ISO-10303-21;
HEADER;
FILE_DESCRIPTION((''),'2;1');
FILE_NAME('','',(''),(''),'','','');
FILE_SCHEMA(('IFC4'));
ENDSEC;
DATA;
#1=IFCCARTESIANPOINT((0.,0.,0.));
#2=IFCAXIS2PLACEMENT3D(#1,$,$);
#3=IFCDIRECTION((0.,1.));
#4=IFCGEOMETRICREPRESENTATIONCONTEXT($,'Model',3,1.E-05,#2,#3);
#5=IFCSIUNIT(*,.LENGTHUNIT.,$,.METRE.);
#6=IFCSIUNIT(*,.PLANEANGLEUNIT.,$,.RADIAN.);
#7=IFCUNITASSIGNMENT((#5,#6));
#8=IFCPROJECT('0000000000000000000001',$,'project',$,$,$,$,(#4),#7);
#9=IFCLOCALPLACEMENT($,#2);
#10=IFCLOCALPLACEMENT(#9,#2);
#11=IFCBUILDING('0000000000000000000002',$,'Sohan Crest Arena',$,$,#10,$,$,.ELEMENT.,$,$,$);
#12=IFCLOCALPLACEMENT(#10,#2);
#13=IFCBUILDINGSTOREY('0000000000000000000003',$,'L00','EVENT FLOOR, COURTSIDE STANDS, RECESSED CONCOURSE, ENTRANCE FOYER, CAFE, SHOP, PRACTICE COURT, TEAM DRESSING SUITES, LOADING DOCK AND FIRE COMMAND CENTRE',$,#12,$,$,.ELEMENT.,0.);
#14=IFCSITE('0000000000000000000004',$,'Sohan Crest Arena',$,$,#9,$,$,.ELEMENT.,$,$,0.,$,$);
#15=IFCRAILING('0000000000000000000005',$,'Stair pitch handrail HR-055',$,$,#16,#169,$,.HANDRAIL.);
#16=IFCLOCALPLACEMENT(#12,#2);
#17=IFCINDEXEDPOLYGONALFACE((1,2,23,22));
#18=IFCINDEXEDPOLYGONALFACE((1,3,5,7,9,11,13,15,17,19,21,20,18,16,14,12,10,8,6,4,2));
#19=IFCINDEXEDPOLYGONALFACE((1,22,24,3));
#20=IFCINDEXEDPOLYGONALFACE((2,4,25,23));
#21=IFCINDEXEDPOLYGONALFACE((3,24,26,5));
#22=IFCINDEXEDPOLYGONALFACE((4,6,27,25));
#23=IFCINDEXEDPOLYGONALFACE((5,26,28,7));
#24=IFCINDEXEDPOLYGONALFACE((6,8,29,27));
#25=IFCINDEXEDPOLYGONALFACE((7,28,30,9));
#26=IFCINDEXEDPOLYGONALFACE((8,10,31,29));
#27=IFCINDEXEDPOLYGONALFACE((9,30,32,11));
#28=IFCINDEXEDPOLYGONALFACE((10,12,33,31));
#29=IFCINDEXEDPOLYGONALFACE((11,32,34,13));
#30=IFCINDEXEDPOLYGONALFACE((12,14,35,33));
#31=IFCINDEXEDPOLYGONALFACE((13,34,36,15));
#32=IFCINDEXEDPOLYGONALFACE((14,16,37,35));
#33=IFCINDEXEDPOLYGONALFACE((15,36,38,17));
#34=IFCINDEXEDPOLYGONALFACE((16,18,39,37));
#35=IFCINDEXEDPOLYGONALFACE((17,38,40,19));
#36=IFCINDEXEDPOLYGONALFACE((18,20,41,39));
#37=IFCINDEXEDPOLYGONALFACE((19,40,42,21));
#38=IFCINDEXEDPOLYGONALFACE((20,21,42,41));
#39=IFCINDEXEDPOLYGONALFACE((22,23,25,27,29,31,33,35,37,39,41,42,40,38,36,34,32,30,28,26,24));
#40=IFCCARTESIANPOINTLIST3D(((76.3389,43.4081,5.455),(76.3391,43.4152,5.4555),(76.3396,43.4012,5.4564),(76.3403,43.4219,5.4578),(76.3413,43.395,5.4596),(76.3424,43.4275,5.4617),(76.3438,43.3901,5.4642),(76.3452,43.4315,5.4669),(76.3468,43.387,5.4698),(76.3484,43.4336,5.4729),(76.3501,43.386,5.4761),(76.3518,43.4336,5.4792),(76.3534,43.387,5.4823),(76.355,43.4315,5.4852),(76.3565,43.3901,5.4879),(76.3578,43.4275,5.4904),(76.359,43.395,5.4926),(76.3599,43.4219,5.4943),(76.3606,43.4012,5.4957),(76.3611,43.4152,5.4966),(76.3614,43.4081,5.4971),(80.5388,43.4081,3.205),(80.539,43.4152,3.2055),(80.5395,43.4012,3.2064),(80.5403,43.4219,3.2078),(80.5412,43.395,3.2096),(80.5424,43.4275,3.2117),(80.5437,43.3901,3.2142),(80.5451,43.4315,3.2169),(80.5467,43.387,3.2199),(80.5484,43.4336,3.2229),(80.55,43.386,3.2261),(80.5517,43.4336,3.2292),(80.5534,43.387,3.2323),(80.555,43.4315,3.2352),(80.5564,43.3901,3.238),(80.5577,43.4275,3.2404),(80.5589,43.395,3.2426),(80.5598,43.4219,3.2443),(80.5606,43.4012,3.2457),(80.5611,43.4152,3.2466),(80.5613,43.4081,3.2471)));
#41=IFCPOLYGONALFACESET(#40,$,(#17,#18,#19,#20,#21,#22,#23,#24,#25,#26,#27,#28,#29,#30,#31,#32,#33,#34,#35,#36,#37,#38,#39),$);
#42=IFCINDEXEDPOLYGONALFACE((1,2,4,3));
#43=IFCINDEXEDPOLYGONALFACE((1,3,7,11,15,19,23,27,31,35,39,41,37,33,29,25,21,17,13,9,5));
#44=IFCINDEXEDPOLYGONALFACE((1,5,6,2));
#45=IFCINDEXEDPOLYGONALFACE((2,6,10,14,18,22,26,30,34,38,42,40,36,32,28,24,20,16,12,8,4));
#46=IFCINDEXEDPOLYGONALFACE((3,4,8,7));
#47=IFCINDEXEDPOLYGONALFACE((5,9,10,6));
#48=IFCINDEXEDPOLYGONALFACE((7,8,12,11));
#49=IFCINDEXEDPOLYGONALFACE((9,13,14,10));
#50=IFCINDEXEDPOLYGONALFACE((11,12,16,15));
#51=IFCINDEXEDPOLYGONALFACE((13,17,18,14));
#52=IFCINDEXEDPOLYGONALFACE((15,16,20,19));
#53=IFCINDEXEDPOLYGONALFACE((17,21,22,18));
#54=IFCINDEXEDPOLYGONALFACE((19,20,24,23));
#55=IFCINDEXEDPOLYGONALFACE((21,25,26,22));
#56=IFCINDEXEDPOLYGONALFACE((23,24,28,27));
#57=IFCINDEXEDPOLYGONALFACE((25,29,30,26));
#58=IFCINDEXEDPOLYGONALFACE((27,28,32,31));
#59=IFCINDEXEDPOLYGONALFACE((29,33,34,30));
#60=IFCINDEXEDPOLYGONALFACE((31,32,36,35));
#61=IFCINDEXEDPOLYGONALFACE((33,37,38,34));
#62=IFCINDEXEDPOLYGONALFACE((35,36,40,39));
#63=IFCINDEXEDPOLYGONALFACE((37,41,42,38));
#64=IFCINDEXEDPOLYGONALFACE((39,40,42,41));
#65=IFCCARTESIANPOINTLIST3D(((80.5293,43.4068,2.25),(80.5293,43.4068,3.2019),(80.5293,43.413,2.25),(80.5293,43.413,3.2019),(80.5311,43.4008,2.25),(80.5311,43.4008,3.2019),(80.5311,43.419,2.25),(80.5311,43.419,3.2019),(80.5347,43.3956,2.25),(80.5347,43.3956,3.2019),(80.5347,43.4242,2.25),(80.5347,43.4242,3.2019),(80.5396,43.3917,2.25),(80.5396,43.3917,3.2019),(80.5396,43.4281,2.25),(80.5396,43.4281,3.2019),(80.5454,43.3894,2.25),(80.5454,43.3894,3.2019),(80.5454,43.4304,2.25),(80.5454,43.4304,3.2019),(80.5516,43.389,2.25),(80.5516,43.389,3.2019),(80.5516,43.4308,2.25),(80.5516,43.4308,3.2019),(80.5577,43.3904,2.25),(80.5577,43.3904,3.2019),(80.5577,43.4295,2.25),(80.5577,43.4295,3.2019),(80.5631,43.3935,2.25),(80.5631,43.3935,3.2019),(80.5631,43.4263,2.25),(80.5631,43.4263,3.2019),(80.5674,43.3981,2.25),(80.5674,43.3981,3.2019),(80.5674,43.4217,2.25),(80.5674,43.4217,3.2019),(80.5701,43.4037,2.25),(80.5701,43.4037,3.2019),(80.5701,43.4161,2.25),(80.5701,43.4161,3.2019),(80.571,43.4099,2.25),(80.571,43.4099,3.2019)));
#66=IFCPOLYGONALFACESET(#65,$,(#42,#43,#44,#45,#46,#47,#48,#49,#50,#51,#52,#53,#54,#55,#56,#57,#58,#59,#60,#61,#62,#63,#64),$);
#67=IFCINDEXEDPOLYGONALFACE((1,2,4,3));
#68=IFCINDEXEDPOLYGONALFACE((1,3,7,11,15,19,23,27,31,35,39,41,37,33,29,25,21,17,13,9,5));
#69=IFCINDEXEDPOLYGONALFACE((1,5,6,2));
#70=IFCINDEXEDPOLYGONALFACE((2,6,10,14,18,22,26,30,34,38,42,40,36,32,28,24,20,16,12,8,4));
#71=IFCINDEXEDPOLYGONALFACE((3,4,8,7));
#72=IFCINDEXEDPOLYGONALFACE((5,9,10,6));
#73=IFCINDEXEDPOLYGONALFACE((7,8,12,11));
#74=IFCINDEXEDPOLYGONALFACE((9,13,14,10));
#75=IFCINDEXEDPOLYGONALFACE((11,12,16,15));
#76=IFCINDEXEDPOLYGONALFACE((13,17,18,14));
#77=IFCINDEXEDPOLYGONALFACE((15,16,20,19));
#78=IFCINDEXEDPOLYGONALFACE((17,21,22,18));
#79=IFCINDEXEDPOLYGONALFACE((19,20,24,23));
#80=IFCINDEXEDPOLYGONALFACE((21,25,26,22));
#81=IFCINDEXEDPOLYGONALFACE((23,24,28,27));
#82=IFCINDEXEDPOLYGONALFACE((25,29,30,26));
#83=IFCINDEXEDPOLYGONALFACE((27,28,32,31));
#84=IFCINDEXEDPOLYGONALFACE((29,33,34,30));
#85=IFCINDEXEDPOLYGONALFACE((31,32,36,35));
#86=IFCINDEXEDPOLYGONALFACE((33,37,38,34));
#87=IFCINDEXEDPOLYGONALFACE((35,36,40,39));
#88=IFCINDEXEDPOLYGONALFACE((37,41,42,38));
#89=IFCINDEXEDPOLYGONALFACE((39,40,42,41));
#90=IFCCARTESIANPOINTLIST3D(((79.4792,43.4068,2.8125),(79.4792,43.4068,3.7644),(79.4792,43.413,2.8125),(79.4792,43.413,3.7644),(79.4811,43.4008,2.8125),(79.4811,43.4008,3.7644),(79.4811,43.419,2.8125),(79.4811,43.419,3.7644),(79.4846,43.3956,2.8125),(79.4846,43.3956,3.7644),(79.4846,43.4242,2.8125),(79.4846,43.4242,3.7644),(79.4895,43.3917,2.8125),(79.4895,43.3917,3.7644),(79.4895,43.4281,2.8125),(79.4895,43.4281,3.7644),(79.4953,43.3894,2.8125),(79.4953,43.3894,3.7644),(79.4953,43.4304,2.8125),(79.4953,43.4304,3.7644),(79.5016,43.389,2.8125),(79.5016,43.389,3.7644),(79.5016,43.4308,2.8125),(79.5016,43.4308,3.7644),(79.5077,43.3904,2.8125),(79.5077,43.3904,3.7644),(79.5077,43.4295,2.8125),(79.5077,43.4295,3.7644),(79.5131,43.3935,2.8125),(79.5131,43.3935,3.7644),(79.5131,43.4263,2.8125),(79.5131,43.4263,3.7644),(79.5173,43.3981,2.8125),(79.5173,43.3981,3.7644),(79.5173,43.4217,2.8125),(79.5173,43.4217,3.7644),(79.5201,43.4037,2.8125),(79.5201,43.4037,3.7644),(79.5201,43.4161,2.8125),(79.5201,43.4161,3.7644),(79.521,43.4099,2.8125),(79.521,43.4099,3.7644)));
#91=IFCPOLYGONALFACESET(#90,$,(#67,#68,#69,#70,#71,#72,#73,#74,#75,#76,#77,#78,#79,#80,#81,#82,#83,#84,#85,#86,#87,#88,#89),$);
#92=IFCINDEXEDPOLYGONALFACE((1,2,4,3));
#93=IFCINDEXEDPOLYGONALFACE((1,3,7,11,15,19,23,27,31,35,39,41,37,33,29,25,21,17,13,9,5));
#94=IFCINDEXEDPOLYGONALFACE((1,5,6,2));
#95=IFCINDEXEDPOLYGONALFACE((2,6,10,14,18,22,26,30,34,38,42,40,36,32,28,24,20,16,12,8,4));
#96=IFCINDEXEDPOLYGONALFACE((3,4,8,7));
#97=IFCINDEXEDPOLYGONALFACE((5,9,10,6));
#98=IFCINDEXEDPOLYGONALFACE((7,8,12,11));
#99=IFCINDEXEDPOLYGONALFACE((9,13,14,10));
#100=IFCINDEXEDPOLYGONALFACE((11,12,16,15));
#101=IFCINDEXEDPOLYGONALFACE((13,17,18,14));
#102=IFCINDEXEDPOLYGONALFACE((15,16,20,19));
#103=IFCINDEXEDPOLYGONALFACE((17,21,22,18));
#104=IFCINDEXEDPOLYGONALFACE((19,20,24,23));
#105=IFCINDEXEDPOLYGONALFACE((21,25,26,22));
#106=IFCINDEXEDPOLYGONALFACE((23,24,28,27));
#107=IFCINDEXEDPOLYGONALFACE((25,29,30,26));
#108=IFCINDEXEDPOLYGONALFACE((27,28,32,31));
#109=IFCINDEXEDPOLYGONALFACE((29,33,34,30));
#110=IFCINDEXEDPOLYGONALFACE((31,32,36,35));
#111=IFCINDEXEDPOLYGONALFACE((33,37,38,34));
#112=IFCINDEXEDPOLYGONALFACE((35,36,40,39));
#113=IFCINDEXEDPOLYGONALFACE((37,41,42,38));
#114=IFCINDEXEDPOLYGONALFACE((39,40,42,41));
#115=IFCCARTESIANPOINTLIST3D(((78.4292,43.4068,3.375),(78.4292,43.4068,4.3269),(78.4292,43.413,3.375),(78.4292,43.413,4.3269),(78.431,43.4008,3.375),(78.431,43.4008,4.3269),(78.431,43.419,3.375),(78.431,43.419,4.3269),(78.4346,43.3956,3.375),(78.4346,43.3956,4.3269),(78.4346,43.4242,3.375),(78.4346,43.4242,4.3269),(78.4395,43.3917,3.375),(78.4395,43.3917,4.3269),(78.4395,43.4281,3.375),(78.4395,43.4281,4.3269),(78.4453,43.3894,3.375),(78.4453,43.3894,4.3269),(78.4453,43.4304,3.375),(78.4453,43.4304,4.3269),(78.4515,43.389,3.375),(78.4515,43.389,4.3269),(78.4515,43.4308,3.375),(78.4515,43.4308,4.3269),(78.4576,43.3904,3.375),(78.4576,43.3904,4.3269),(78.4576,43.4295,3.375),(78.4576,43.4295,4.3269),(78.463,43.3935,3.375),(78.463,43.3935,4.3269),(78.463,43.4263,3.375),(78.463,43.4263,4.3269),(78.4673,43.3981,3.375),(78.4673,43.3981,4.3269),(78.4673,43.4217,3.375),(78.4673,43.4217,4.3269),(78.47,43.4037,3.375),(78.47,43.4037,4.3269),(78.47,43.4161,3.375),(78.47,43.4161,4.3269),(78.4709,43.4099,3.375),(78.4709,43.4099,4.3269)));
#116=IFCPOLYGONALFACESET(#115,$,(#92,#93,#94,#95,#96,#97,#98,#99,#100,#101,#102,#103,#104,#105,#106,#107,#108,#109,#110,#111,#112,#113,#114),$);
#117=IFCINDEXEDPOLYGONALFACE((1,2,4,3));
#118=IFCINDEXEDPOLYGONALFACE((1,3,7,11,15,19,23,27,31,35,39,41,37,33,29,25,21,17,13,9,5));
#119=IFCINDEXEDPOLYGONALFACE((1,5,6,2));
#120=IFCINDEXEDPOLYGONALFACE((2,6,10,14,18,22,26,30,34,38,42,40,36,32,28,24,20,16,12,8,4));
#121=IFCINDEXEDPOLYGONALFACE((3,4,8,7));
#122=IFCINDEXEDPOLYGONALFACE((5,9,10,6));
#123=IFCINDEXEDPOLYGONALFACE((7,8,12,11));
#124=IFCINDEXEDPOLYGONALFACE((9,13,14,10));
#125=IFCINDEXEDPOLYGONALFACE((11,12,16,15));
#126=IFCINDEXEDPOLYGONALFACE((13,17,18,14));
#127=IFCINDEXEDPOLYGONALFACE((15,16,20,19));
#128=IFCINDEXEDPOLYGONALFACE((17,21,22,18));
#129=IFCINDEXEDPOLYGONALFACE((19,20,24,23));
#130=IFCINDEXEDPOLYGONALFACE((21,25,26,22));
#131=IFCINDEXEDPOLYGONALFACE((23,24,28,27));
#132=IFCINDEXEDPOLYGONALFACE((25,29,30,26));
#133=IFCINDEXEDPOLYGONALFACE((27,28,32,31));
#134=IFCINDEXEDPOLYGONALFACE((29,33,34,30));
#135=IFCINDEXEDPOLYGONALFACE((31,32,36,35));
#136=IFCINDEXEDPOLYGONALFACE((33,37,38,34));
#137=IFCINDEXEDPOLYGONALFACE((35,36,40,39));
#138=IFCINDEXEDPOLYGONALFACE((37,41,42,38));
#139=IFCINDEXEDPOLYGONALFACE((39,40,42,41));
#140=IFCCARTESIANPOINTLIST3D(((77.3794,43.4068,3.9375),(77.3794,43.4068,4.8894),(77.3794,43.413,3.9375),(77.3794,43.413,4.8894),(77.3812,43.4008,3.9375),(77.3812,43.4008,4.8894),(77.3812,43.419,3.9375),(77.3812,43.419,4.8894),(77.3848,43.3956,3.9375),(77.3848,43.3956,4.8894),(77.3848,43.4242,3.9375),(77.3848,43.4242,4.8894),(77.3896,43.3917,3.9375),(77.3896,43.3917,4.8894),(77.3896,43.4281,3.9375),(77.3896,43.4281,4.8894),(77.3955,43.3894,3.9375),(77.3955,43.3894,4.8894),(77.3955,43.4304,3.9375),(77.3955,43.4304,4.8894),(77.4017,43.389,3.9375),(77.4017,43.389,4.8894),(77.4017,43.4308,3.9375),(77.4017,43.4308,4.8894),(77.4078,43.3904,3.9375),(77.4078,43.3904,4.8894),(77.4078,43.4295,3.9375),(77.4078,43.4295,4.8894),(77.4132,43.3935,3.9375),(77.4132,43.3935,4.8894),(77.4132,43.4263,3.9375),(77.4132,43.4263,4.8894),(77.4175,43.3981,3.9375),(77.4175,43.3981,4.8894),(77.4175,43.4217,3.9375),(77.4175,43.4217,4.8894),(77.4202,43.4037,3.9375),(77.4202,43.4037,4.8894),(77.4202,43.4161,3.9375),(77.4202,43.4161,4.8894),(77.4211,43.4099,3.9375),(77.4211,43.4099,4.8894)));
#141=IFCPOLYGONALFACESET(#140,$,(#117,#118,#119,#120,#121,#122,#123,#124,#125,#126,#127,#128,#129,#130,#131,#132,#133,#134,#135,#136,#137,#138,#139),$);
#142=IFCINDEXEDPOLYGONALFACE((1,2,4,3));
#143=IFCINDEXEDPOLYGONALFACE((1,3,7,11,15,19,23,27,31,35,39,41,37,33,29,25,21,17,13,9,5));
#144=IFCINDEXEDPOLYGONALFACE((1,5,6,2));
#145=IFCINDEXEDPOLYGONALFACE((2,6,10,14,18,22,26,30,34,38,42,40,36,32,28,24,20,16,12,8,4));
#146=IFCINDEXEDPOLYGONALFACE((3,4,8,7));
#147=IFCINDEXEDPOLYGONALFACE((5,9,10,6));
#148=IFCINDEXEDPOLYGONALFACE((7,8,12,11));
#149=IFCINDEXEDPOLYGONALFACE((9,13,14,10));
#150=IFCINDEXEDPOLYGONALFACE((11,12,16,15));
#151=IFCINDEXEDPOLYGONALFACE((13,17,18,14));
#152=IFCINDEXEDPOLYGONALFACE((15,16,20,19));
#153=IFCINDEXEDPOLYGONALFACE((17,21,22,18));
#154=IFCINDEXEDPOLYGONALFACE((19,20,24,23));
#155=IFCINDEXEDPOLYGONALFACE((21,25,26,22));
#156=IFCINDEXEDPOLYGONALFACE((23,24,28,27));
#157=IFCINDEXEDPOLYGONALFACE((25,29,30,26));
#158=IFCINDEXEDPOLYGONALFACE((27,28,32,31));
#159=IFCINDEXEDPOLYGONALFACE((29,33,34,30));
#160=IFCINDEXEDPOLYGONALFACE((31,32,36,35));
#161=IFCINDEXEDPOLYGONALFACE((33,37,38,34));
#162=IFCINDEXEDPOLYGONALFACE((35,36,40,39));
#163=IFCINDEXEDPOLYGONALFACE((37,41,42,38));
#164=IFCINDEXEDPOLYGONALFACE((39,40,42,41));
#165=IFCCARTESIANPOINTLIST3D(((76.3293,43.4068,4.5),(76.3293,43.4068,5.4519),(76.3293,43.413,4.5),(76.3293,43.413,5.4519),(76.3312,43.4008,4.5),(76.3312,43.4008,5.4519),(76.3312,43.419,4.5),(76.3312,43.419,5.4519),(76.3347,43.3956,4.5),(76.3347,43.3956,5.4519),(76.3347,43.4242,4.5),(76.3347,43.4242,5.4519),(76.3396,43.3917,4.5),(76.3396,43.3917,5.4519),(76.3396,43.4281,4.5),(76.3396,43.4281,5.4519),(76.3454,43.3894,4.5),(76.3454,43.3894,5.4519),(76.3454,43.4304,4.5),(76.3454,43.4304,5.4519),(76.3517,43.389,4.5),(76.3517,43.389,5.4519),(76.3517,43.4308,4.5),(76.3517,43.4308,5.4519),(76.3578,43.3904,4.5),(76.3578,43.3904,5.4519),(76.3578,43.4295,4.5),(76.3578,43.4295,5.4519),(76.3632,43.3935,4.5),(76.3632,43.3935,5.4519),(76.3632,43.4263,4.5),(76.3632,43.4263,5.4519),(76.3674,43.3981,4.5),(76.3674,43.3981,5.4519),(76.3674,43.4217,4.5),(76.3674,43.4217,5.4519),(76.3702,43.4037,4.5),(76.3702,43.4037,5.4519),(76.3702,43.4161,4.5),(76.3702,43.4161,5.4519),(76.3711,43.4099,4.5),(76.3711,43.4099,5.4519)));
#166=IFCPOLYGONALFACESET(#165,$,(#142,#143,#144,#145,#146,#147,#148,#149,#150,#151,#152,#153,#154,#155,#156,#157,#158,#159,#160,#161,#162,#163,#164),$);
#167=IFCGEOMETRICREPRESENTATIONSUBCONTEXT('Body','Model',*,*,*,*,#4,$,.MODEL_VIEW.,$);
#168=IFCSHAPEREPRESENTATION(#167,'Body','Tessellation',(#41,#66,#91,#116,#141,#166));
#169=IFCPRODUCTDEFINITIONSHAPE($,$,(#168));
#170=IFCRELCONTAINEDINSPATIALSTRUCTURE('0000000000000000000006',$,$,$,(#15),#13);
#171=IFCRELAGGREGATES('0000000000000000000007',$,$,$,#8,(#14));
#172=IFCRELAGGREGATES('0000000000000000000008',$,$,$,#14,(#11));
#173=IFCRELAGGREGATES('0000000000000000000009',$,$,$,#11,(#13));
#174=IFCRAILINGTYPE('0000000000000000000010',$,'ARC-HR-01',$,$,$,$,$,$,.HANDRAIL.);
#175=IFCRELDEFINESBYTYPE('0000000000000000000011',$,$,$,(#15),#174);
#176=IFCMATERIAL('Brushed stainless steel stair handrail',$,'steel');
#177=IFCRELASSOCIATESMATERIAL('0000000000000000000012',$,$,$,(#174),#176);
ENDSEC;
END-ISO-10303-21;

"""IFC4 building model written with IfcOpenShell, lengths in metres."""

from ifc_helpers import new_model, si_unit, direction, frame, origin, origin_2d, place, context, subcontext, project, spatial, circle, extrude, material, type_object, element, save


model = new_model("IFC4")

# Units and contexts
model_context = context("Model", 3, precision=1e-05, world=origin(), true_north=direction((0.0, 1.0)))
body_context = subcontext(model_context, "Body", "Model", "MODEL_VIEW")
ifc_project = project(units=[si_unit("LENGTHUNIT", "METRE"), si_unit("PLANEANGLEUNIT", "RADIAN")], contexts=[model_context])

# Site, building, storey
site_placement = place(None, origin())
site = spatial("IfcSite", under=ifc_project, at=site_placement, Name="Sohan Crest Arena", CompositionType="ELEMENT", RefElevation=0.0)
building_placement = place(site_placement, origin())
building = spatial("IfcBuilding", under=site, at=building_placement, Name="Sohan Crest Arena", CompositionType="ELEMENT")
storey_placement = place(building_placement, origin())
storey = spatial("IfcBuildingStorey", under=building, at=storey_placement, Name="L00", Description="EVENT FLOOR, COURTSIDE STANDS, RECESSED CONCOURSE, ENTRANCE FOYER, CAFE, SHOP, PRACTICE COURT, TEAM DRESSING SUITES, LOADING DOCK AND FIRE COMMAND CENTRE", CompositionType="ELEMENT", Elevation=0.0)

# Railing
ifc_material_1 = material(Name="Brushed stainless steel stair handrail", Category="steel")
railing_type = type_object("IfcRailingType", Name="ARC-HR-01", PredefinedType="HANDRAIL", material=ifc_material_1)
railing_1_placement = place(storey_placement, frame((80.55, 43.4099, 2.25)))
element("IfcRailing", 1, at=railing_1_placement, inside=storey, type_object=railing_type, Name="Stair pitch handrail HR-055", PredefinedType="HANDRAIL", context=body_context, shape_type="SweptSolid", body=[
    extrude(circle(Radius=0.0239, at=origin_2d()), frame((0.0, 0.0, 0.9761), z_axis=(-0.881478, 0.0, 0.472226), x_axis=(0.0, -1.0, 0.0)), (0.0, 0.0, 1.0), 4.7646),
    extrude(circle(Radius=0.021, at=origin_2d()), origin(), (0.0, 0.0, 1.0), 0.9519),
    extrude(circle(Radius=0.021, at=origin_2d()), frame((-1.05, 0.0, 0.5625)), (0.0, 0.0, 1.0), 0.9519),
    extrude(circle(Radius=0.021, at=origin_2d()), frame((-2.1001, 0.0, 1.125)), (0.0, 0.0, 1.0), 0.9519),
    extrude(circle(Radius=0.021, at=origin_2d()), frame((-3.1499, 0.0, 1.6875)), (0.0, 0.0, 1.0), 0.9519),
    extrude(circle(Radius=0.021, at=origin_2d()), frame((-4.2, 0.0, 2.25)), (0.0, 0.0, 1.0), 0.9519),
])

save(model, "model.ifc")
